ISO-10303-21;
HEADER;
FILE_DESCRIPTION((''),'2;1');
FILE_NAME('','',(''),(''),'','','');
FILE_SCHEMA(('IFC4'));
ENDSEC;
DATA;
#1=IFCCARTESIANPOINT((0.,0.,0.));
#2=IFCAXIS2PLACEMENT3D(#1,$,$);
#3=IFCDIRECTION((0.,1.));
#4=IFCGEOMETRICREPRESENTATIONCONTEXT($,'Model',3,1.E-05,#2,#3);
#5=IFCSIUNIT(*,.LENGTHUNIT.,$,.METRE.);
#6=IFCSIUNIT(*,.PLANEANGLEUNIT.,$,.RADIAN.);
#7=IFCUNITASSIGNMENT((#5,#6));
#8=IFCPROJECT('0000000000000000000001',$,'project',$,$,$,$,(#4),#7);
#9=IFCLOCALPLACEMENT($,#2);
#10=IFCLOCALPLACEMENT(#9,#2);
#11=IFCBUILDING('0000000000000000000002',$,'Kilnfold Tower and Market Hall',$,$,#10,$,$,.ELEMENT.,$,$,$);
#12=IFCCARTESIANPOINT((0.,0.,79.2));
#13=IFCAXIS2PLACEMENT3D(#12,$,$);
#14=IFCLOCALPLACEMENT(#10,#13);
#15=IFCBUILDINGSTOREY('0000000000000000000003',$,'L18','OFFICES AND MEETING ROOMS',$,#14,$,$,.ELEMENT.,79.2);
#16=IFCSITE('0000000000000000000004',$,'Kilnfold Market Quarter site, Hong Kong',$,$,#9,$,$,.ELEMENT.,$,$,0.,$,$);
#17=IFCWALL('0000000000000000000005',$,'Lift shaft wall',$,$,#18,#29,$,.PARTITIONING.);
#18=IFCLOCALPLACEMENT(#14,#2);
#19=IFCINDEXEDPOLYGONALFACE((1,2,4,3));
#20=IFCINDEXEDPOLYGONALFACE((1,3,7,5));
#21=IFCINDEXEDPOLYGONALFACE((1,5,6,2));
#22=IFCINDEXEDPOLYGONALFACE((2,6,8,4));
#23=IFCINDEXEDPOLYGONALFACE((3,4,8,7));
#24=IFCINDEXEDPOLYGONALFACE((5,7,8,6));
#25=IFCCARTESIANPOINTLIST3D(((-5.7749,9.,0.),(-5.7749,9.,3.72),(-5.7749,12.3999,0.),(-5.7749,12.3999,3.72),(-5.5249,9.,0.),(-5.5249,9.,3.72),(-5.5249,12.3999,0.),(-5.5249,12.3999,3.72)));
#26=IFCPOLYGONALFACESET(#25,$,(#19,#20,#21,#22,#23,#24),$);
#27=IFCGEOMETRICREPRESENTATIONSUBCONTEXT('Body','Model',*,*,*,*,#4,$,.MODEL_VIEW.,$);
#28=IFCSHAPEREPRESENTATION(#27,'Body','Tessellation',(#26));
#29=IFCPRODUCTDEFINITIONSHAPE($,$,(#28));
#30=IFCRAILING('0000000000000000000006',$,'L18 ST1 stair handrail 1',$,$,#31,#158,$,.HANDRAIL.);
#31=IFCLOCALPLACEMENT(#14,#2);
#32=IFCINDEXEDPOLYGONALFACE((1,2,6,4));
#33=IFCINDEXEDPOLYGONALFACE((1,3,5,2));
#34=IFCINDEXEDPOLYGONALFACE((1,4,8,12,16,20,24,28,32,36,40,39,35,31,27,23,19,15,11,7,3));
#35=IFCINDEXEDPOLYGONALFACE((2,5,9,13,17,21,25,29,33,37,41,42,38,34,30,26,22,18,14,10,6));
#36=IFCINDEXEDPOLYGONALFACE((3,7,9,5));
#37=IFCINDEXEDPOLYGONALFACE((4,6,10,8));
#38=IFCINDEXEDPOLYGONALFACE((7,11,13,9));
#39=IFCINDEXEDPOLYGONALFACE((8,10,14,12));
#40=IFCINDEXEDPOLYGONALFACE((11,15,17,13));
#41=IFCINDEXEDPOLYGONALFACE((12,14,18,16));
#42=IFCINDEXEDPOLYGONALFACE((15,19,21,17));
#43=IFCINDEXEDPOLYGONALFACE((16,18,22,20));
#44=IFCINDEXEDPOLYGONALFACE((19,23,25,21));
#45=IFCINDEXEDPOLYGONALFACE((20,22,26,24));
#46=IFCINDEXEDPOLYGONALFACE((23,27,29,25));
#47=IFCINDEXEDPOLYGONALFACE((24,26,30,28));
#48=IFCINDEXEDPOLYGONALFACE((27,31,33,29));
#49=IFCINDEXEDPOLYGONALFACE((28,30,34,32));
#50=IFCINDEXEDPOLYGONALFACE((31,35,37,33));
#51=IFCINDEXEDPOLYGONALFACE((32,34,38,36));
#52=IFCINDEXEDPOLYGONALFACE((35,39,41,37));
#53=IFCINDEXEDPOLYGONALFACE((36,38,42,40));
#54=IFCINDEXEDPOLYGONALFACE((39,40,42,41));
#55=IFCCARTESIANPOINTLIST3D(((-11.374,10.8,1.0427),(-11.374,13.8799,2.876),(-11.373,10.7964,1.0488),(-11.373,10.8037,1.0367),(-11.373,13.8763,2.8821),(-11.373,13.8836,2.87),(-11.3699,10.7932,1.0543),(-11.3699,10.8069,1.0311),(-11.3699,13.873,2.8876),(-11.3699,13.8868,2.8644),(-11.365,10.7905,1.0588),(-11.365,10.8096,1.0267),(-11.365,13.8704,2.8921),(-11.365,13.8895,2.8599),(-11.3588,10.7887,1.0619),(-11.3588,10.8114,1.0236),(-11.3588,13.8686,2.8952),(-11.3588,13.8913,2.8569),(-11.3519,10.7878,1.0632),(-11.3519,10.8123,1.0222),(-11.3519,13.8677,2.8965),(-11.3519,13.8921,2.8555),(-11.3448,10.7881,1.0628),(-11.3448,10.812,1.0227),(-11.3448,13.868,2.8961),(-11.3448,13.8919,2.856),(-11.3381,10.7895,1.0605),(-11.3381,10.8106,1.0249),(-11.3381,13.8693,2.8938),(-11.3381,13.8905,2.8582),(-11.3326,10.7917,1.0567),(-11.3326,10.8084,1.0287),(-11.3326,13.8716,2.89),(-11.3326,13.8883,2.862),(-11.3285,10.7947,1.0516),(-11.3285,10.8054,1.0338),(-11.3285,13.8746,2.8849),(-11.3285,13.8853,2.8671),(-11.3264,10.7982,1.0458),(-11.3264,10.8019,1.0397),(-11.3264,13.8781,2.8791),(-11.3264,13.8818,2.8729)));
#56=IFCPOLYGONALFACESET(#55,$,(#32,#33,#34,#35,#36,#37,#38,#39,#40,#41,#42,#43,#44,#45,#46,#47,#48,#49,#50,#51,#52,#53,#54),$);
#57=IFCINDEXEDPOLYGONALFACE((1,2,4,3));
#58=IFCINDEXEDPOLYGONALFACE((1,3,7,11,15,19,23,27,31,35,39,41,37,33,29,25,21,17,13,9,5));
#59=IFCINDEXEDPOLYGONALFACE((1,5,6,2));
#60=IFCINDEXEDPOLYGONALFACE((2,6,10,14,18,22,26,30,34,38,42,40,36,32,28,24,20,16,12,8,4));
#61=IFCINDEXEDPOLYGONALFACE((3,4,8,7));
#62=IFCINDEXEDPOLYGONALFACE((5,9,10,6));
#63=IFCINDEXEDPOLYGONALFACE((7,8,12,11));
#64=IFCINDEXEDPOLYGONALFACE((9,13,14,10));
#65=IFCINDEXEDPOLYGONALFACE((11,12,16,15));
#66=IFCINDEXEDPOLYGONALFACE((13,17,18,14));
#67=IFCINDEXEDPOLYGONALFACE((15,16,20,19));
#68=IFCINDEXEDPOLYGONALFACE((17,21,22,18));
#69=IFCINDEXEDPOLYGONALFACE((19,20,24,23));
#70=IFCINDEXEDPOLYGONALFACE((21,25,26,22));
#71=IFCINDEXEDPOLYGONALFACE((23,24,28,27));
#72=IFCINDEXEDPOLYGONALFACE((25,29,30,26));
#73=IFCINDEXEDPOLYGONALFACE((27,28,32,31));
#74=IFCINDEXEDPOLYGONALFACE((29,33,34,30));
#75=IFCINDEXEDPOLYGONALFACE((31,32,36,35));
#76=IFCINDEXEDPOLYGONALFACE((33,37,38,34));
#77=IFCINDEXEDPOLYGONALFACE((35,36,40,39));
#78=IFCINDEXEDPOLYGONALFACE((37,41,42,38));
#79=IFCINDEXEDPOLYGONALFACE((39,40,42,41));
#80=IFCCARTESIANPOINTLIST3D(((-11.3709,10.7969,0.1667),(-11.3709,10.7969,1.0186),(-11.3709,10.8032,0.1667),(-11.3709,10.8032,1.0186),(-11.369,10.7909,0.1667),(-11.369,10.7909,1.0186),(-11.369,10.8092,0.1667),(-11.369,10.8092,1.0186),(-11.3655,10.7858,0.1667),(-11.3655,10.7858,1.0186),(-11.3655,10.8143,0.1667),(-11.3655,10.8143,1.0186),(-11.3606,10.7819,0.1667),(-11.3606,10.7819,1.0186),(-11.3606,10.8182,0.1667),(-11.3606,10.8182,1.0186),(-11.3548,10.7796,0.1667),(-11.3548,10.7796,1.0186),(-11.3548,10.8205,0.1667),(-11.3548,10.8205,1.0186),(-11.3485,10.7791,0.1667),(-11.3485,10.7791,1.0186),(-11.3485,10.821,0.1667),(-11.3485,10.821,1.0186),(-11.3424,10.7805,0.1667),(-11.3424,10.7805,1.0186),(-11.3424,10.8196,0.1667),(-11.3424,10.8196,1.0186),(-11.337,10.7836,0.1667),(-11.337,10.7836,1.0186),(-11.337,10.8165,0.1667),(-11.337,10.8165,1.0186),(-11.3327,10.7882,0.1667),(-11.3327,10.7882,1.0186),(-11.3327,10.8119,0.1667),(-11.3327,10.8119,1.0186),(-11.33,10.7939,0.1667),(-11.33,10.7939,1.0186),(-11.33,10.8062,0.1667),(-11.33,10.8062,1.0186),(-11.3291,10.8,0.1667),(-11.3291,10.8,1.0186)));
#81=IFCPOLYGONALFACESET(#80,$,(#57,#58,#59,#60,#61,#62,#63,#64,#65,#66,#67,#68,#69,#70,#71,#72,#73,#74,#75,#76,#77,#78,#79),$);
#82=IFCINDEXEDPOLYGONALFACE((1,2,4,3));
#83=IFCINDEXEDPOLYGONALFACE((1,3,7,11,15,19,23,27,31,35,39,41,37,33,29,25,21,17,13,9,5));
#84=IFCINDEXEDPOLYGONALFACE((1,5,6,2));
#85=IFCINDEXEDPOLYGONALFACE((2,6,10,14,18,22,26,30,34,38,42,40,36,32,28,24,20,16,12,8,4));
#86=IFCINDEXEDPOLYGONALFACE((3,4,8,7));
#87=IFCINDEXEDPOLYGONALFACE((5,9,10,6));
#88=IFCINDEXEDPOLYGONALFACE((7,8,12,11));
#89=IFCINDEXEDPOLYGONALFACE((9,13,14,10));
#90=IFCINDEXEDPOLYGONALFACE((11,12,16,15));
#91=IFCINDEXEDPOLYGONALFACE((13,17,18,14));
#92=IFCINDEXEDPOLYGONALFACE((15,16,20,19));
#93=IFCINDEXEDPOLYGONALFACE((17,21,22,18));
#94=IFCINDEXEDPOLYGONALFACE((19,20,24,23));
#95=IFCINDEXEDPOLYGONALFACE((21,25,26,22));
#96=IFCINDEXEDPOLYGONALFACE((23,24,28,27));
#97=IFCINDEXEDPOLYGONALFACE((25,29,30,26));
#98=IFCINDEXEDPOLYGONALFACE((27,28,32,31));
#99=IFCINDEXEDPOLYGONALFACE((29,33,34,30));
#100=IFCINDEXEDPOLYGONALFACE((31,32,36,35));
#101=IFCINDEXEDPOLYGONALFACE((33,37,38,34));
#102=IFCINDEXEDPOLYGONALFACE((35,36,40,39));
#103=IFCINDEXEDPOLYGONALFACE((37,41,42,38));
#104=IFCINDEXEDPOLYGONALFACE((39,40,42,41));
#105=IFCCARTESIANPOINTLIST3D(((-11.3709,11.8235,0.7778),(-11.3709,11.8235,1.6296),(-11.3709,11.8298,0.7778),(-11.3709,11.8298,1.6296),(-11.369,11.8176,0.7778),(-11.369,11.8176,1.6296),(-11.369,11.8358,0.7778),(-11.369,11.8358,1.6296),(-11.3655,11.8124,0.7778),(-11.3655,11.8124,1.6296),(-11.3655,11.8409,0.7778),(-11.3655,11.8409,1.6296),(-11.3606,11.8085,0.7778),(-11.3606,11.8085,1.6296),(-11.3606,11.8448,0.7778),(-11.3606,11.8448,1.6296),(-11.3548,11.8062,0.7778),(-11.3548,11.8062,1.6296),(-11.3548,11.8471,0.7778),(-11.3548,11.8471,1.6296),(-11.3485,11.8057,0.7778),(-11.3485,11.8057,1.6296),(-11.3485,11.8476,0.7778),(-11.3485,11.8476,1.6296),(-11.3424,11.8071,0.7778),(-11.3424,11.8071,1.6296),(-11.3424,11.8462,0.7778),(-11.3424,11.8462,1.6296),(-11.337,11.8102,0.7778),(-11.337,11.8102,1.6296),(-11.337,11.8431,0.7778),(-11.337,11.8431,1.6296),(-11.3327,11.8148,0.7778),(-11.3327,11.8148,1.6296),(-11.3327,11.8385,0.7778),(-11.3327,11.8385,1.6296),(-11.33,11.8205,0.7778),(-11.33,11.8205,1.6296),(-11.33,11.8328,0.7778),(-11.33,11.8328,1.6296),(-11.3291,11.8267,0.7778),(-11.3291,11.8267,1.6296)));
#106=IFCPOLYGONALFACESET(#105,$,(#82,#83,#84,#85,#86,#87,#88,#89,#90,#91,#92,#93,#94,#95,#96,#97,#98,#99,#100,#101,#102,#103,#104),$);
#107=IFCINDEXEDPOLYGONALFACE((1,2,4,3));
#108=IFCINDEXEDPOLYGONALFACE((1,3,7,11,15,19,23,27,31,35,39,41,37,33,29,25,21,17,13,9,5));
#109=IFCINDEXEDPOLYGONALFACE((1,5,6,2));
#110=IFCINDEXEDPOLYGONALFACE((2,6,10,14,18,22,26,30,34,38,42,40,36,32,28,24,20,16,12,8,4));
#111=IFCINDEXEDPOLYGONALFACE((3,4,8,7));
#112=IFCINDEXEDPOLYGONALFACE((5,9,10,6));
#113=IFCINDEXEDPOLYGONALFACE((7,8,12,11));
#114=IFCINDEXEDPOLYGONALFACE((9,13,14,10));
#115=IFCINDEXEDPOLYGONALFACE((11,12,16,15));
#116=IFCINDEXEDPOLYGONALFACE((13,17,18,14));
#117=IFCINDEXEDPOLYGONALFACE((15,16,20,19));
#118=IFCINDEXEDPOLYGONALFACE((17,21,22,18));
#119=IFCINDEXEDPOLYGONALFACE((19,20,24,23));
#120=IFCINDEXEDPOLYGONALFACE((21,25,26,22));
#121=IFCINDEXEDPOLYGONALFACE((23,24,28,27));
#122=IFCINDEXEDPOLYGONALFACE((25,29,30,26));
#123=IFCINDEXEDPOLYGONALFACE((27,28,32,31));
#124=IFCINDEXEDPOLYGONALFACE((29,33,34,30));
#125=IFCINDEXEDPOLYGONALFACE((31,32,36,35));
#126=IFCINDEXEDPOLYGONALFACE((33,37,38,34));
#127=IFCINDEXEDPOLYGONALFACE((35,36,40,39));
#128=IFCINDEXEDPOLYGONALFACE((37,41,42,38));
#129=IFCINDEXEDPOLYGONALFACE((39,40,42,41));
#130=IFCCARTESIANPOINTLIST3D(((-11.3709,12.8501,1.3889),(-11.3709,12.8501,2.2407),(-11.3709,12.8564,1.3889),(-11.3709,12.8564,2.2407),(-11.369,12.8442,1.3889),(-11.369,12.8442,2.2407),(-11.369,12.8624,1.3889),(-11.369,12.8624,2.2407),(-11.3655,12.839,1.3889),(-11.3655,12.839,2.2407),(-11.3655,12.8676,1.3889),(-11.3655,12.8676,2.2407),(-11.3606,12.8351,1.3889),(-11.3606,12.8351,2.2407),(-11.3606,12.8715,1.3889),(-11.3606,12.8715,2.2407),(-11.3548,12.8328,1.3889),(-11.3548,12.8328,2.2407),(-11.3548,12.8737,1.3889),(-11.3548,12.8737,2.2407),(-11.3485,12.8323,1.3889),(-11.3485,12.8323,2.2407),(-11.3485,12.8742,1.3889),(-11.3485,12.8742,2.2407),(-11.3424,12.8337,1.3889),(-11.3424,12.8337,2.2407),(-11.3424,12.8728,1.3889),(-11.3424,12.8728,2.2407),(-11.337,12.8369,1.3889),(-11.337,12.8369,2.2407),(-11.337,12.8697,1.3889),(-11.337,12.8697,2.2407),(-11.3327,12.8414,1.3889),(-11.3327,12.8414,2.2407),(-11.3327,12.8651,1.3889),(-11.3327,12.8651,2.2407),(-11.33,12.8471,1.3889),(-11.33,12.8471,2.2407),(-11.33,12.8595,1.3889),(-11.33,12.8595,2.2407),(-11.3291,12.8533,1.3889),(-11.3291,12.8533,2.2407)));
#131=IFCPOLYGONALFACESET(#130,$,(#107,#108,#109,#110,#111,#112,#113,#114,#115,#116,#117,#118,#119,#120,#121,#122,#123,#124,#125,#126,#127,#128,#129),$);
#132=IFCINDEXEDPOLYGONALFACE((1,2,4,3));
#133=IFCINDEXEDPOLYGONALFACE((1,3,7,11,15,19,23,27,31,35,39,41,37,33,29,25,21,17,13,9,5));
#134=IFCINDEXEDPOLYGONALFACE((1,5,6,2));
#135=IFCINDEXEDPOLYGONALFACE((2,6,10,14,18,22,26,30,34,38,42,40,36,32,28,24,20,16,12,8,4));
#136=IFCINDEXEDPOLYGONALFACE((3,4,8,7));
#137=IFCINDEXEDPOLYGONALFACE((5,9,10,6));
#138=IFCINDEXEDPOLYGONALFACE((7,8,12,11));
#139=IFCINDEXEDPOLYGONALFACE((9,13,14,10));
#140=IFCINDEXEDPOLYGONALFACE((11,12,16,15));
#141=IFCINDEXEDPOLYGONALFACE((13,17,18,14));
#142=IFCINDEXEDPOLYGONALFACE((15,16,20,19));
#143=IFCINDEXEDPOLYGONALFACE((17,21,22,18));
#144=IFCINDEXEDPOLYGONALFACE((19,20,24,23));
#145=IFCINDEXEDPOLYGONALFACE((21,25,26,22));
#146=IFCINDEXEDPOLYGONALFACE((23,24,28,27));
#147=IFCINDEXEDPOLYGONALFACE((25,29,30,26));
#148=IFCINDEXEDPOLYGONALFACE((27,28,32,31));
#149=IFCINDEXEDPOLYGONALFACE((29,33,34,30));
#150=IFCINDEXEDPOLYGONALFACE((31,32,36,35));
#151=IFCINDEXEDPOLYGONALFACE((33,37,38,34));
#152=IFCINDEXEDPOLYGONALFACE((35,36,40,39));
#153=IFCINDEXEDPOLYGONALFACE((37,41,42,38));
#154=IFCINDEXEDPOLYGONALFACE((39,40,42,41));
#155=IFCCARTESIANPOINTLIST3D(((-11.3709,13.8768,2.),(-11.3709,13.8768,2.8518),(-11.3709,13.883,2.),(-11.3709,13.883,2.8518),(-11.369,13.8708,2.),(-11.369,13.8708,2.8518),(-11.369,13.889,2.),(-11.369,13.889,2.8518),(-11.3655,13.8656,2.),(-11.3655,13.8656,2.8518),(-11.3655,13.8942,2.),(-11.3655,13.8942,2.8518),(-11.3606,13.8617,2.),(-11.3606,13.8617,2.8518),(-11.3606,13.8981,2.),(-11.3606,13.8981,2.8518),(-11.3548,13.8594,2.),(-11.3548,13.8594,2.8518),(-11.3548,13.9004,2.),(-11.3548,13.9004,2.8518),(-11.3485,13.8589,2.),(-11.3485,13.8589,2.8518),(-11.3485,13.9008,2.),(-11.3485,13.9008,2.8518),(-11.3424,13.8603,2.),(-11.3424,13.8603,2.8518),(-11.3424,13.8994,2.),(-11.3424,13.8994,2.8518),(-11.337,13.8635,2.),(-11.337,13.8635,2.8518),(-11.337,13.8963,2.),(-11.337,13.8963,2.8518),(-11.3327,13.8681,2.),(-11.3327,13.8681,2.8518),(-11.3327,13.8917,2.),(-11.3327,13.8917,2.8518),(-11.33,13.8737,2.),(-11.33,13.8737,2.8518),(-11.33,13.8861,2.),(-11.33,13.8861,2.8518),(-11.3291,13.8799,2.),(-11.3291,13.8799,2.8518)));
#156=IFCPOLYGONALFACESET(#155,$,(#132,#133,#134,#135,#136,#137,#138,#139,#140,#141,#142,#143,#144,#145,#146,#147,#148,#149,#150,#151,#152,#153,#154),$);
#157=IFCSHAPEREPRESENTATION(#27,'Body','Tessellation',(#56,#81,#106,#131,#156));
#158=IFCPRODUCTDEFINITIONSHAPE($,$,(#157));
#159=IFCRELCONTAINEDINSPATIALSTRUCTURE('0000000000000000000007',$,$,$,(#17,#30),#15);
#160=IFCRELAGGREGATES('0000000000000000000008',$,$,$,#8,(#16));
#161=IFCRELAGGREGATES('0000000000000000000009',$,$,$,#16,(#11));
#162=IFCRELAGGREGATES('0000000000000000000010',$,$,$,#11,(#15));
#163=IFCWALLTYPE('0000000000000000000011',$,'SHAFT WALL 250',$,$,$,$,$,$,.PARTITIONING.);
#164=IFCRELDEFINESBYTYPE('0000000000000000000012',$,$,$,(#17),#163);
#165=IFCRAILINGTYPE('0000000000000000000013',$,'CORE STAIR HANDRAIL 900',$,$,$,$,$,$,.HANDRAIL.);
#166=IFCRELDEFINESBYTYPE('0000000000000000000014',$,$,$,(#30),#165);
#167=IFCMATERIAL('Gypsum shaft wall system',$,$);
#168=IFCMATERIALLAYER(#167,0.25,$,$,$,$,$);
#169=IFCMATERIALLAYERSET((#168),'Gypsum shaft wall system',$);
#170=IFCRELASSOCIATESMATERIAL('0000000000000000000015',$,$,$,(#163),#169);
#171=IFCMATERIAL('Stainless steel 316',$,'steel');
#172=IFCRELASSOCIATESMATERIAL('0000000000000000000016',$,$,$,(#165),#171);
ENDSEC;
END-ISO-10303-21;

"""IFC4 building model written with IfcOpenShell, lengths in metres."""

from ifc_helpers import new_model, si_unit, direction, frame, frame_2d, origin, origin_2d, place, context, subcontext, project, spatial, rectangle, circle, extrude, source, transform, mapped, material, layer, layer_set, type_object, element, save


model = new_model("IFC4")

# Units and contexts
model_context = context("Model", 3, precision=1e-05, world=origin(), true_north=direction((0.0, 1.0)))
body_context = subcontext(model_context, "Body", "Model", "MODEL_VIEW")
ifc_project = project(units=[si_unit("LENGTHUNIT", "METRE"), si_unit("PLANEANGLEUNIT", "RADIAN")], contexts=[model_context])

# Site, building, storey
site_placement = place(None, origin())
site = spatial("IfcSite", under=ifc_project, at=site_placement, Name="Kilnfold Market Quarter site, Hong Kong", CompositionType="ELEMENT", RefElevation=0.0)
building_placement = place(site_placement, origin())
building = spatial("IfcBuilding", under=site, at=building_placement, Name="Kilnfold Tower and Market Hall", CompositionType="ELEMENT")
storey_placement = place(building_placement, frame((0.0, 0.0, 79.2)))
storey = spatial("IfcBuildingStorey", under=building, at=storey_placement, Name="L18", Description="OFFICES AND MEETING ROOMS", CompositionType="ELEMENT", Elevation=79.2)

# Wall
ifc_material_1 = material(Name="Gypsum shaft wall system")
ifc_layer_1 = layer(ifc_material_1, 0.25)
ifc_layer_set_1 = layer_set([ifc_layer_1], Name="Gypsum shaft wall system")
wall_type_1 = type_object("IfcWallType", Name="SHAFT WALL 250", PredefinedType="PARTITIONING", material=ifc_layer_set_1)
shared_shape_1 = source(origin(), body_context, "Body", "SweptSolid", [
    extrude(rectangle(XDim=3.3999, YDim=0.25, at=frame_2d((1.7, 0.0))), origin(), (0.0, 0.0, 1.0), 3.72),
])
wall_1_placement = place(storey_placement, frame((-5.6499, 9.0, 0.0), z_axis=(0.0, 0.0, 1.0), x_axis=(0.0, 1.0, 0.0)))
element("IfcWall", 1, at=wall_1_placement, inside=storey, type_object=wall_type_1, Name="Lift shaft wall", PredefinedType="PARTITIONING", context=body_context, shape_type="MappedRepresentation", body=[
    mapped(shared_shape_1, transform((0.0, 0.0, 0.0))),
])

# Railing
ifc_material_2 = material(Name="Stainless steel 316", Category="steel")
railing_type_1 = type_object("IfcRailingType", Name="CORE STAIR HANDRAIL 900", PredefinedType="HANDRAIL", material=ifc_material_2)
railing_1_placement = place(storey_placement, frame((-11.3501, 10.8, 0.1667)))
element("IfcRailing", 2, at=railing_1_placement, inside=storey, type_object=railing_type_1, Name="L18 ST1 stair handrail 1", PredefinedType="HANDRAIL", context=body_context, shape_type="SweptSolid", body=[
    extrude(circle(Radius=0.0239, at=origin_2d()), frame((0.0, 0.0, 0.876), z_axis=(0.0, 0.859291, 0.511487), x_axis=(-1.0, 0.0, 0.0)), (0.0, 0.0, 1.0), 3.5842),
    extrude(circle(Radius=0.021, at=origin_2d()), origin(), (0.0, 0.0, 1.0), 0.8518),
    extrude(circle(Radius=0.021, at=origin_2d()), frame((0.0, 1.0266, 0.6111)), (0.0, 0.0, 1.0), 0.8518),
    extrude(circle(Radius=0.021, at=origin_2d()), frame((0.0, 2.0532, 1.2222)), (0.0, 0.0, 1.0), 0.8518),
    extrude(circle(Radius=0.021, at=origin_2d()), frame((0.0, 3.0798, 1.8333)), (0.0, 0.0, 1.0), 0.8518),
])

save(model, "model.ifc")
